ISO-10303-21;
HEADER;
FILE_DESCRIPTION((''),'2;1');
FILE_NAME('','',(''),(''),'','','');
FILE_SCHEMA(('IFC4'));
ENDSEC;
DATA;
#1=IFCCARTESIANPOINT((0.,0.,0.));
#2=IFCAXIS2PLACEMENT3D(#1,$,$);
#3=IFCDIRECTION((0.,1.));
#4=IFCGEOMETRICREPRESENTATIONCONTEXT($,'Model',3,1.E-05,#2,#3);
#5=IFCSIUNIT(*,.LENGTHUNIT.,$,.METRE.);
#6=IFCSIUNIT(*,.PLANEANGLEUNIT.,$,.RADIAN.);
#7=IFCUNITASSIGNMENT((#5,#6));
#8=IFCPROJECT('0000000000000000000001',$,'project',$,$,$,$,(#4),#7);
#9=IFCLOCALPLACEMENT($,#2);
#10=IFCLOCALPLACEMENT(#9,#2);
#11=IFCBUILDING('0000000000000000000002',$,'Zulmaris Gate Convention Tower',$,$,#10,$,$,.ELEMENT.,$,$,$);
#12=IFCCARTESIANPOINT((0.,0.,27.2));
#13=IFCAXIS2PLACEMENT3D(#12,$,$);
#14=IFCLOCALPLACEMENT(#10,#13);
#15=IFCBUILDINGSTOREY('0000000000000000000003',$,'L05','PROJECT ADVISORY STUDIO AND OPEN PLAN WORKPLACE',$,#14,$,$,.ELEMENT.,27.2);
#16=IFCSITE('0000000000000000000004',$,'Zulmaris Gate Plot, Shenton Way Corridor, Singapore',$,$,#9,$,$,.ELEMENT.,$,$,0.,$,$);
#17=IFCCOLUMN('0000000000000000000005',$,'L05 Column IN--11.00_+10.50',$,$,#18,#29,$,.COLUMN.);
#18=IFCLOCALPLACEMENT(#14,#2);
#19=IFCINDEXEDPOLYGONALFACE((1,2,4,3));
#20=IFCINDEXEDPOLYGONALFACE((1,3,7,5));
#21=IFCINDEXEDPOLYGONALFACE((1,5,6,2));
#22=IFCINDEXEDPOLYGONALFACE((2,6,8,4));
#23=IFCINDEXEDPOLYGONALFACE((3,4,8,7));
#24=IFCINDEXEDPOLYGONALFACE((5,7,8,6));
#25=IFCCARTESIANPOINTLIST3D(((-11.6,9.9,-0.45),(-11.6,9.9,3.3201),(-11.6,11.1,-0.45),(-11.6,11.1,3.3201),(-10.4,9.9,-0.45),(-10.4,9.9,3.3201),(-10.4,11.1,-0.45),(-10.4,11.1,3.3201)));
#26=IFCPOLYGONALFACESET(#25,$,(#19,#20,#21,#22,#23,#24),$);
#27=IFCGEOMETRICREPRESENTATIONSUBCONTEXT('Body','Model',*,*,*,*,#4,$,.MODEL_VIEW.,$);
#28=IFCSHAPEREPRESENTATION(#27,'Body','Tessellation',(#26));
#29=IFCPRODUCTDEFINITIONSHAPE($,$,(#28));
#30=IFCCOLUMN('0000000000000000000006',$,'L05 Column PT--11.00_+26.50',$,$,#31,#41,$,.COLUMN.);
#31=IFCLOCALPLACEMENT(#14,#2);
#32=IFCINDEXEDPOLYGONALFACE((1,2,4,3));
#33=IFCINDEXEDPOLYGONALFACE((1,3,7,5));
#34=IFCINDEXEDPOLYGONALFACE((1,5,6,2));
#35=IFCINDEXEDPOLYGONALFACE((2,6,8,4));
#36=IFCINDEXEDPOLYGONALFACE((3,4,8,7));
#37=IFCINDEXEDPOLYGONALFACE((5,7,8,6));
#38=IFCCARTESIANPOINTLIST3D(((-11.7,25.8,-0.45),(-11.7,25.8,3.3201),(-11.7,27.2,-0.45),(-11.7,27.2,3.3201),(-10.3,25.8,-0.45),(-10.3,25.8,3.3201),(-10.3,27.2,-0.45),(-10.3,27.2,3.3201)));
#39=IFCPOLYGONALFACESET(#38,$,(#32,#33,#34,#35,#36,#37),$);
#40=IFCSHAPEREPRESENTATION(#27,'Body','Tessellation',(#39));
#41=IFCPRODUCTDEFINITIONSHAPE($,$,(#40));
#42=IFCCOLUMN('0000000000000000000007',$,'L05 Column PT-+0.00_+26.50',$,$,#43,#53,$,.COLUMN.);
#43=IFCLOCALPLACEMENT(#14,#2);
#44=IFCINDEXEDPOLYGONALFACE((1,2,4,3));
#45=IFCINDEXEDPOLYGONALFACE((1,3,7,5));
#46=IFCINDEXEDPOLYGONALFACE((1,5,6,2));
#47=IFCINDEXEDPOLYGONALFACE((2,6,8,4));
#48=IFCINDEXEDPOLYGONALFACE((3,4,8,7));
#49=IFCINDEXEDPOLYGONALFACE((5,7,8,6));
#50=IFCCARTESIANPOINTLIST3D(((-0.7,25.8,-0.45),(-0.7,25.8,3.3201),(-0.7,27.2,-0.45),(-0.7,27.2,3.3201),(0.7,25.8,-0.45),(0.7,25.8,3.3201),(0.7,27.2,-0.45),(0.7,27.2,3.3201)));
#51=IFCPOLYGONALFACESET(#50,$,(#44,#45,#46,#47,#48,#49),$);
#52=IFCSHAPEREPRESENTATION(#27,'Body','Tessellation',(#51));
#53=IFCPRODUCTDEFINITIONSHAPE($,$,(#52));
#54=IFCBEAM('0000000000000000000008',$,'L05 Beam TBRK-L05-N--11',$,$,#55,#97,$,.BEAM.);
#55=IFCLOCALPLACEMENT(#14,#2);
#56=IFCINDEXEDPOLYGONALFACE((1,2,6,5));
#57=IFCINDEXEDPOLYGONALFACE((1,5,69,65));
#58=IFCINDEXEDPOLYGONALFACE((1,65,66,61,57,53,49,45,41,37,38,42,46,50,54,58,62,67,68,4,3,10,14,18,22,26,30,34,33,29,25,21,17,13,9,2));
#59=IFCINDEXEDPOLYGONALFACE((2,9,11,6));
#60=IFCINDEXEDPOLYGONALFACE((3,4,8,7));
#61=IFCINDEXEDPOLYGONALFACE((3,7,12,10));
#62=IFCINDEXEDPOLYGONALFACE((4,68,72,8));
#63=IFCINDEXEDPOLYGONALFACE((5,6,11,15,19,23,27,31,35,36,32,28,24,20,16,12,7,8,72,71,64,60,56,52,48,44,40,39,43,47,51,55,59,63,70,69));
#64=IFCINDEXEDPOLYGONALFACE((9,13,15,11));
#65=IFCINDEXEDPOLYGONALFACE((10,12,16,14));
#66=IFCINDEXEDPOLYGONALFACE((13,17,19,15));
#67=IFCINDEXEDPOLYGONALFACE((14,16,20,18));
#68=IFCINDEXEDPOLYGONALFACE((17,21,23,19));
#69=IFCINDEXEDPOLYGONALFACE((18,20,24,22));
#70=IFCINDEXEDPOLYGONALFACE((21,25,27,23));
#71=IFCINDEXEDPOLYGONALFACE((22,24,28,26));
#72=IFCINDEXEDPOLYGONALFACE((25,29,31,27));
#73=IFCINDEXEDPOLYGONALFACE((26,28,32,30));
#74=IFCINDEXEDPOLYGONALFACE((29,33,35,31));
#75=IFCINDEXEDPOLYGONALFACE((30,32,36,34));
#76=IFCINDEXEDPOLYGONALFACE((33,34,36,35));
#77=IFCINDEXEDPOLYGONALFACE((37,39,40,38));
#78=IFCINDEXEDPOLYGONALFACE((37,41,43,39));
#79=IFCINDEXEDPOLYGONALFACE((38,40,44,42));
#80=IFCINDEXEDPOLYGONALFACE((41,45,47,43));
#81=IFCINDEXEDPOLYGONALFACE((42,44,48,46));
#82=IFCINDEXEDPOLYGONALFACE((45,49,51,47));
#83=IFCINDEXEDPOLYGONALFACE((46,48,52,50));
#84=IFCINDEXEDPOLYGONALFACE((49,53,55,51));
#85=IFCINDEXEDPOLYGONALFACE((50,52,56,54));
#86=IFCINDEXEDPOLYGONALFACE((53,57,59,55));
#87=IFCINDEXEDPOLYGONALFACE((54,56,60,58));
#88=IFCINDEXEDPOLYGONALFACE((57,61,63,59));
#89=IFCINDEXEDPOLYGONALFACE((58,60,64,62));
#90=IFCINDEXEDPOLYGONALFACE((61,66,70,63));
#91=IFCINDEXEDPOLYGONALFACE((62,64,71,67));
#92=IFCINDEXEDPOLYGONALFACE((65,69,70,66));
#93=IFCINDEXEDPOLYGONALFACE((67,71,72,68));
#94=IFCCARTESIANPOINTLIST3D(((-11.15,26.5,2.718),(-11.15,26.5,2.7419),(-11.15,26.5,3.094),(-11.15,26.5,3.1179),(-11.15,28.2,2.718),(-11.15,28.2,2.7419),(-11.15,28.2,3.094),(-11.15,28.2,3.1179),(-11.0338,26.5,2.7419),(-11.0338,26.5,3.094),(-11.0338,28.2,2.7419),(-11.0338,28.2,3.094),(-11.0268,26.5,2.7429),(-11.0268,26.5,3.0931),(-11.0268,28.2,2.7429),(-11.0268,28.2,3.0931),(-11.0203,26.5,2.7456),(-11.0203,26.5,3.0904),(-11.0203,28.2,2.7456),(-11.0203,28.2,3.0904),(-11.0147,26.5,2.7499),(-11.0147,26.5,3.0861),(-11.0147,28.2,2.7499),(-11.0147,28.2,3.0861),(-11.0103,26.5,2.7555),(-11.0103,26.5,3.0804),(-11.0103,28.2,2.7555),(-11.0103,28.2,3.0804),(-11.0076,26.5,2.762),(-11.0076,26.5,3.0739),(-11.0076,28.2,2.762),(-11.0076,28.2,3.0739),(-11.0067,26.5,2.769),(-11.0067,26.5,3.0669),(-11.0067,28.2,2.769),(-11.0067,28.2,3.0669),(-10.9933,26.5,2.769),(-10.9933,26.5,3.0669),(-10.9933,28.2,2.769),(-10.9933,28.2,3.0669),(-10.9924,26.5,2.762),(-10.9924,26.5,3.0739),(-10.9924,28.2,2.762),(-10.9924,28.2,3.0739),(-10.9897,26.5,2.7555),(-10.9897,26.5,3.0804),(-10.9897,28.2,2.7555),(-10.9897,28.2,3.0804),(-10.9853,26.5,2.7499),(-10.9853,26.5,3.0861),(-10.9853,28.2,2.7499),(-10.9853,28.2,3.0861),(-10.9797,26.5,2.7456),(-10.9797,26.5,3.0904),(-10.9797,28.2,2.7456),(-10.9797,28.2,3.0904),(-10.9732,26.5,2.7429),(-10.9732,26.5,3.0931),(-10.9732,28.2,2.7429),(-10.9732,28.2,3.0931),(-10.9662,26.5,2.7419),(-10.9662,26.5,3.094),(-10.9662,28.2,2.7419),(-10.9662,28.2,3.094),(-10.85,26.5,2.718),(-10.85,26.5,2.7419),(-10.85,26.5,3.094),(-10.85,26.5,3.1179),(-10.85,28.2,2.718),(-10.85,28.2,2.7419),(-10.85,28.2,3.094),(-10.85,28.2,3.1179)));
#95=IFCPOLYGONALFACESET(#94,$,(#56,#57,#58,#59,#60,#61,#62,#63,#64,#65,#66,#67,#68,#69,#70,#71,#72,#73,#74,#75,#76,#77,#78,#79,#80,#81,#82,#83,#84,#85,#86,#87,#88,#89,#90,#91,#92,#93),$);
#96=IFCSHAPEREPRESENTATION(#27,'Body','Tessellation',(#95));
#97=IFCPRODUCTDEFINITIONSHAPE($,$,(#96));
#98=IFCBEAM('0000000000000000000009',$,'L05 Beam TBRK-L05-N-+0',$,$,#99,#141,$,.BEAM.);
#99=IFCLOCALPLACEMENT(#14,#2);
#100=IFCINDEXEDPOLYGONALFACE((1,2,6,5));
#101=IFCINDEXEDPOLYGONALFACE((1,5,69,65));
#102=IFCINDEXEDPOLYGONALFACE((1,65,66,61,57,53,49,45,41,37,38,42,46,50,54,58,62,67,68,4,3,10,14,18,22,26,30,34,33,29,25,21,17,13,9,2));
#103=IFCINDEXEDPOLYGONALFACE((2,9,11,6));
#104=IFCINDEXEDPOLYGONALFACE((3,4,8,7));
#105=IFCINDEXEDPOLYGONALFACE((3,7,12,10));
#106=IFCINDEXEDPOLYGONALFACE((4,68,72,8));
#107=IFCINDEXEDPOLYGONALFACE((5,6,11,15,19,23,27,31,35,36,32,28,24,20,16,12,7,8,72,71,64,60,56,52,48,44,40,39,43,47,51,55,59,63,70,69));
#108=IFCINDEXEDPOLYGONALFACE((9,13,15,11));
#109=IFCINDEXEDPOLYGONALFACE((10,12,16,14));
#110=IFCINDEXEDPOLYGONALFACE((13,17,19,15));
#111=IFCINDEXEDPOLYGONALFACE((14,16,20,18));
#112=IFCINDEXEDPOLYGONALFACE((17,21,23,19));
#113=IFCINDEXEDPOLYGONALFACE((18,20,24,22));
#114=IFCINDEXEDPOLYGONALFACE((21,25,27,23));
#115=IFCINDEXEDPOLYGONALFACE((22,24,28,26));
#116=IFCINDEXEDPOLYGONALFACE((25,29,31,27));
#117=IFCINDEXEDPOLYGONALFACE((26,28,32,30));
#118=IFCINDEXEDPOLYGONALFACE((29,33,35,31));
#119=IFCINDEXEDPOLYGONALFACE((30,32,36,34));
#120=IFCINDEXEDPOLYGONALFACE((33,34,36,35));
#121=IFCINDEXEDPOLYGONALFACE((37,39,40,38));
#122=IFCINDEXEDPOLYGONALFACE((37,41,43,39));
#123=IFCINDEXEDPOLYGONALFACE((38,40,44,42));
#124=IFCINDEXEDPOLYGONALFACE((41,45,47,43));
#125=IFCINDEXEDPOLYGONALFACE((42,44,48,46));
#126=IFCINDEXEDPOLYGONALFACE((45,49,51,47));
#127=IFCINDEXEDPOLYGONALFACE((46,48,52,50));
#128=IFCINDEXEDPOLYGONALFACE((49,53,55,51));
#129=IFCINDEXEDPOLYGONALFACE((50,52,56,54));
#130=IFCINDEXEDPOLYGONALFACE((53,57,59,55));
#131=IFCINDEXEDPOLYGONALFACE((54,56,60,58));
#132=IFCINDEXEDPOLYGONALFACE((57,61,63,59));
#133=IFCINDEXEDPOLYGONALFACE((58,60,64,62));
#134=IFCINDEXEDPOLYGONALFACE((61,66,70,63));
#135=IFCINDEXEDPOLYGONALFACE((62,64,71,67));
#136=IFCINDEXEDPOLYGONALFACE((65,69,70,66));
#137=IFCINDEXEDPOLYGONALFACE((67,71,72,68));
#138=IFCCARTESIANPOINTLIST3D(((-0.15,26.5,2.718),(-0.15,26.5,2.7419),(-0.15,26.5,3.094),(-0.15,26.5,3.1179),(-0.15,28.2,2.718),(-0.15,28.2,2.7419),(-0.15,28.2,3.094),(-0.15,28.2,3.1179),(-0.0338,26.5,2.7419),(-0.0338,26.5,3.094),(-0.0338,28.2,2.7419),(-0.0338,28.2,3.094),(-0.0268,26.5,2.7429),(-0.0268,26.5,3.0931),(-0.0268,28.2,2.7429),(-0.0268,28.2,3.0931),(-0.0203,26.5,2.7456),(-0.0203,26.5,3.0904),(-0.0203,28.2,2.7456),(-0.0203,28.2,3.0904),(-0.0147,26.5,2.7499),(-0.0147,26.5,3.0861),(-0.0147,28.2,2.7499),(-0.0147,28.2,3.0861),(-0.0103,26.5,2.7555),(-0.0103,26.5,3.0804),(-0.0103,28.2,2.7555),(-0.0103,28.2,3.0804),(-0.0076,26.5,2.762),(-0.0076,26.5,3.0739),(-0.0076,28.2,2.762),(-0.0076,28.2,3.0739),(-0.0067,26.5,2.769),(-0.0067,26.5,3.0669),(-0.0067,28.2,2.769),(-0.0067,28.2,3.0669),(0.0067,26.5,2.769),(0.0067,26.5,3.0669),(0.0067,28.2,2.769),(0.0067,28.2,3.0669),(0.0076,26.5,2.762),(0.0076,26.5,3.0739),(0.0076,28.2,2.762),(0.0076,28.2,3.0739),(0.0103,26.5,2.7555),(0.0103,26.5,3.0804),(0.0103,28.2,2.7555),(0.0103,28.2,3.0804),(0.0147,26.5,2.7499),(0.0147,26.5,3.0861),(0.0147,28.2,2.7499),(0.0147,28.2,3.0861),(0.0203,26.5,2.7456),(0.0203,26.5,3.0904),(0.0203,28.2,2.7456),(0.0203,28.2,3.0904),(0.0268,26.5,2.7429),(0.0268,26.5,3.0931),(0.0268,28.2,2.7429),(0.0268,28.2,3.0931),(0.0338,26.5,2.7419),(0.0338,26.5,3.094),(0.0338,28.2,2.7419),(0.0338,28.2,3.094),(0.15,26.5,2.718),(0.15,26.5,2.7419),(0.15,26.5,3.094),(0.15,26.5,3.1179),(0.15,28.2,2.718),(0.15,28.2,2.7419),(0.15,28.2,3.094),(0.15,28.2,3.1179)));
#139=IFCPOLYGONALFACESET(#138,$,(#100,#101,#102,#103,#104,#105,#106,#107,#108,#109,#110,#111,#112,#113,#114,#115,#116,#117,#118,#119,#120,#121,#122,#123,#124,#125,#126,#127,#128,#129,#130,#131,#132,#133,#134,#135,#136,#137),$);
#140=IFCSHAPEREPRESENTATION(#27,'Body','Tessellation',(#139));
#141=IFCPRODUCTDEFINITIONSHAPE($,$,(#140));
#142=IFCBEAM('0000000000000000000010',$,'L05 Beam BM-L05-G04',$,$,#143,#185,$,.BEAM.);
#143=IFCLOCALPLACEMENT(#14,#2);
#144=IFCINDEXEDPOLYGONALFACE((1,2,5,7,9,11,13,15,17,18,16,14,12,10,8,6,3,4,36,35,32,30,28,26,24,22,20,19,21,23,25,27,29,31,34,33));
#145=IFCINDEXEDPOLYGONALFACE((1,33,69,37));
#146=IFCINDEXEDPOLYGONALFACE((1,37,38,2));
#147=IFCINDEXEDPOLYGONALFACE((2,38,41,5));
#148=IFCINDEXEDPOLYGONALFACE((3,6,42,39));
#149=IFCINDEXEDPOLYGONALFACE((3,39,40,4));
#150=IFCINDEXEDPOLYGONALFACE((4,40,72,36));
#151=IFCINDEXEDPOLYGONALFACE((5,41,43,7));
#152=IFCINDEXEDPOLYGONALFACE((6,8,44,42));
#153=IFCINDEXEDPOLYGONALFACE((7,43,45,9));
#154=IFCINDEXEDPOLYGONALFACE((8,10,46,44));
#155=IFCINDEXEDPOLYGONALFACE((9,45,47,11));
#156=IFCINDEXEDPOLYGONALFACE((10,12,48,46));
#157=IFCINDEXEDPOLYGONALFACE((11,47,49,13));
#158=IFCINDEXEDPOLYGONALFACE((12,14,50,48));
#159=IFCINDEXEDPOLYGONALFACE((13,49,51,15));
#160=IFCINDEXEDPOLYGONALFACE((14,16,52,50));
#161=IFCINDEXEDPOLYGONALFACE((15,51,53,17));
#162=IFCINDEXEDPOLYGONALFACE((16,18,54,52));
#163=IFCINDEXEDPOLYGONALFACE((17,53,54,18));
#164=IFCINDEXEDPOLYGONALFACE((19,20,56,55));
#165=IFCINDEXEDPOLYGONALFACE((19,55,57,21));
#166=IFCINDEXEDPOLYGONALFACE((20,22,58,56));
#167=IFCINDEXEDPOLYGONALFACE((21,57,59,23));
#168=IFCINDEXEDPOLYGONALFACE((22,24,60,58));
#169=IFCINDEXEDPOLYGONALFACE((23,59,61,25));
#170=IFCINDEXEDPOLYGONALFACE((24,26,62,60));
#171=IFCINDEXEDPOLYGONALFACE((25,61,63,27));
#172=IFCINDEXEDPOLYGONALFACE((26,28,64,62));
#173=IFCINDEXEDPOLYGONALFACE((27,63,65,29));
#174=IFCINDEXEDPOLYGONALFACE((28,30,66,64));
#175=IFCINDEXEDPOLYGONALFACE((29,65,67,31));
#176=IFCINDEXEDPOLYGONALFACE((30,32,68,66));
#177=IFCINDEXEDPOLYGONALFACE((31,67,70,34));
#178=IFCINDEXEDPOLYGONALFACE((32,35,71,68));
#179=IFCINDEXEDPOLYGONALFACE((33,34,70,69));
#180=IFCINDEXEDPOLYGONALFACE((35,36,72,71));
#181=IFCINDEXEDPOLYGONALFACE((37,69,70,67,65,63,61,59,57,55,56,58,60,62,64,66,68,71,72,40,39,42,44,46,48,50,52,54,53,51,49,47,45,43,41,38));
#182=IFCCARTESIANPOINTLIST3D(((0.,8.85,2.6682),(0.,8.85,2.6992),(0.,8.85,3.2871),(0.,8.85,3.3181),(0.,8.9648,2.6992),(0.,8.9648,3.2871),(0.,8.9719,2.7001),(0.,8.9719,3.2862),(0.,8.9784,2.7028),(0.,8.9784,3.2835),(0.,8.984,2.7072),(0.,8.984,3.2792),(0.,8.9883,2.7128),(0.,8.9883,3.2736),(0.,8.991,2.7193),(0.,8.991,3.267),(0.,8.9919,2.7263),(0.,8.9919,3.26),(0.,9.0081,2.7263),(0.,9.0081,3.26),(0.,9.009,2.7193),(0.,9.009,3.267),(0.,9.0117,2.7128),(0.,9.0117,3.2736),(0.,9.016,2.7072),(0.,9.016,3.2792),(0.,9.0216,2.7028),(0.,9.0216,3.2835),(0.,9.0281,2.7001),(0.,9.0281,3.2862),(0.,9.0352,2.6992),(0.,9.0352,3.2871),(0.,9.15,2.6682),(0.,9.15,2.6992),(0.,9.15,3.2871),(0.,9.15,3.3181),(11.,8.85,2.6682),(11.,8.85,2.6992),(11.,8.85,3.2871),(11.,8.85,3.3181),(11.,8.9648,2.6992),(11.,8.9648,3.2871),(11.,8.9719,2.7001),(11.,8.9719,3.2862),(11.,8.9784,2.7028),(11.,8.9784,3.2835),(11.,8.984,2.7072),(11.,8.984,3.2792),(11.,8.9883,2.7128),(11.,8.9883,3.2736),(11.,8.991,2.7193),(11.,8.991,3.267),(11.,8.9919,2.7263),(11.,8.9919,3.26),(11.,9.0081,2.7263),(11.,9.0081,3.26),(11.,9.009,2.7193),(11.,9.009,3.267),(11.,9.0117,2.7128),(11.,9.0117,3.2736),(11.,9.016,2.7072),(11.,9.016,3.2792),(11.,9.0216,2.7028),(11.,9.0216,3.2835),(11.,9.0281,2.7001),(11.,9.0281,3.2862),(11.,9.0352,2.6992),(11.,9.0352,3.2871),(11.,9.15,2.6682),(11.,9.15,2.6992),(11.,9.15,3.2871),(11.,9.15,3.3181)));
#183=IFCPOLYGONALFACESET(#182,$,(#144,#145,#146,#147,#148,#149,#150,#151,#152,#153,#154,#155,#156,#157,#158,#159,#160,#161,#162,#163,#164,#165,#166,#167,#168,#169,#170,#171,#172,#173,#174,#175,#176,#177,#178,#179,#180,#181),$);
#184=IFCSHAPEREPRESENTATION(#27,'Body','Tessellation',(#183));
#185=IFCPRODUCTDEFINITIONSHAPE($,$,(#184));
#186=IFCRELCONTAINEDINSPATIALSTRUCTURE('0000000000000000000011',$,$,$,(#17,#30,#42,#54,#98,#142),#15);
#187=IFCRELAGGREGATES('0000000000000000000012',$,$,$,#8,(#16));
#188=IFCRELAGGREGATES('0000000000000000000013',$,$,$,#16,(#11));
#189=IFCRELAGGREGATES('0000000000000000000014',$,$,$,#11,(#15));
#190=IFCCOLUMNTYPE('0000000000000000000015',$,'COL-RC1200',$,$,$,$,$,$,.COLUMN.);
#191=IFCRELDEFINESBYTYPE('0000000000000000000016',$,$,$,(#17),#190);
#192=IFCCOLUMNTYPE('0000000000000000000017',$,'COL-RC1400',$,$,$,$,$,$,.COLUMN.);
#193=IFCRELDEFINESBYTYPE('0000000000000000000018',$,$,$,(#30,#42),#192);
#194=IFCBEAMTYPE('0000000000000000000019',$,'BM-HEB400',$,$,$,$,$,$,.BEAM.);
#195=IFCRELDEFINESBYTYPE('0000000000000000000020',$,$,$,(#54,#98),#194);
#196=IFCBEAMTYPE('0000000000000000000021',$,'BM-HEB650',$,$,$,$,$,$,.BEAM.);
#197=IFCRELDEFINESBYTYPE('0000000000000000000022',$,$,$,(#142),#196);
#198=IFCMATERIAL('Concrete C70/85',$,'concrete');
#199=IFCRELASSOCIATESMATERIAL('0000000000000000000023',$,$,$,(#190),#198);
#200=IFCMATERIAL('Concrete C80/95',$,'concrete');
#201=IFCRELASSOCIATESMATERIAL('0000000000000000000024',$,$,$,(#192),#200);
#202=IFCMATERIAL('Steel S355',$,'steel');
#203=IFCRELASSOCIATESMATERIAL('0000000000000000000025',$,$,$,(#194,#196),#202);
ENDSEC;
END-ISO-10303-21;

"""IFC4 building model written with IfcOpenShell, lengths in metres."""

from ifc_helpers import new_model, si_unit, direction, frame, origin, origin_2d, place, context, subcontext, project, spatial, rectangle, i_section, extrude, material, material_profile, profile_set, type_object, element, save


model = new_model("IFC4")

# Units and contexts
model_context = context("Model", 3, precision=1e-05, world=origin(), true_north=direction((0.0, 1.0)))
body_context = subcontext(model_context, "Body", "Model", "MODEL_VIEW")
ifc_project = project(units=[si_unit("LENGTHUNIT", "METRE"), si_unit("PLANEANGLEUNIT", "RADIAN")], contexts=[model_context])

# Site, building, storey
site_placement = place(None, origin())
site = spatial("IfcSite", under=ifc_project, at=site_placement, Name="Zulmaris Gate Plot, Shenton Way Corridor, Singapore", CompositionType="ELEMENT", RefElevation=0.0)
building_placement = place(site_placement, origin())
building = spatial("IfcBuilding", under=site, at=building_placement, Name="Zulmaris Gate Convention Tower", CompositionType="ELEMENT")
storey_placement = place(building_placement, frame((0.0, 0.0, 27.2)))
storey = spatial("IfcBuildingStorey", under=building, at=storey_placement, Name="L05", Description="PROJECT ADVISORY STUDIO AND OPEN PLAN WORKPLACE", CompositionType="ELEMENT", Elevation=27.2)

# Columns
ifc_material_1 = material(Name="Concrete C70/85", Category="concrete")
ifc_material_profile_1 = material_profile(ifc_material_1, rectangle(XDim=1.2, YDim=1.2, at=origin_2d()), Name="RC COL 1200x1200")
ifc_profile_set_1 = profile_set([ifc_material_profile_1], Name="Concrete C70/85")
column_type_1 = type_object("IfcColumnType", Name="COL-RC1200", PredefinedType="COLUMN", material=ifc_profile_set_1)
column_placement = place(storey_placement, frame((-11.0, 10.5, -0.45), z_axis=(0.0, 0.0, 1.0), x_axis=(1.0, 0.0, 0.0)))
element("IfcColumn", 1, at=column_placement, inside=storey, type_object=column_type_1, Name="L05 Column IN--11.00_+10.50", PredefinedType="COLUMN", context=body_context, shape_type="SweptSolid", body=[
    extrude(rectangle(XDim=1.2, YDim=1.2, at=origin_2d()), origin(), (0.0, 0.0, 1.0), 3.77),
])
ifc_material_2 = material(Name="Concrete C80/95", Category="concrete")
ifc_material_profile_2 = material_profile(ifc_material_2, rectangle(XDim=1.3999, YDim=1.3999, at=origin_2d()), Name="RC COL 1400x1400")
ifc_profile_set_2 = profile_set([ifc_material_profile_2], Name="Concrete C80/95")
column_type_2 = type_object("IfcColumnType", Name="COL-RC1400", PredefinedType="COLUMN", material=ifc_profile_set_2)
for number, where, z_axis, x_axis, name in (
    (2, (-11.0, 26.5, -0.45), (0.0, 0.0, 1.0), (1.0, 0.0, 0.0), "L05 Column PT--11.00_+26.50"),
    (3, (0.0, 26.5, -0.45), (0.0, 0.0, 1.0), (1.0, 0.0, 0.0), "L05 Column PT-+0.00_+26.50"),
):
    element("IfcColumn", number, at=place(storey_placement, frame(where, z_axis=z_axis, x_axis=x_axis)), inside=storey, type_object=column_type_2, Name=name, PredefinedType="COLUMN", context=body_context, shape_type="SweptSolid", body=[
        extrude(rectangle(XDim=1.3999, YDim=1.3999, at=origin_2d()), origin(), (0.0, 0.0, 1.0), 3.77),
    ])

# Beams
ifc_material_3 = material(Name="Steel S355", Category="steel")
ifc_material_profile_3 = material_profile(ifc_material_3, i_section(OverallWidth=0.3, OverallDepth=0.3999, WebThickness=0.0134, FlangeThickness=0.0239, FilletRadius=0.0271, at=origin_2d()), Name="HEB 400")
ifc_profile_set_3 = profile_set([ifc_material_profile_3], Name="Steel S355")
beam_type_1 = type_object("IfcBeamType", Name="BM-HEB400", PredefinedType="BEAM", material=ifc_profile_set_3)
for number, where, z_axis, x_axis, name in (
    (4, (-11.0, 26.5, 2.918), (0.0, 1.0, 0.0), (-1.0, 0.0, 0.0), "L05 Beam TBRK-L05-N--11"),
    (5, (0.0, 26.5, 2.918), (0.0, 1.0, 0.0), (-1.0, 0.0, 0.0), "L05 Beam TBRK-L05-N-+0"),
):
    element("IfcBeam", number, at=place(storey_placement, frame(where, z_axis=z_axis, x_axis=x_axis)), inside=storey, type_object=beam_type_1, Name=name, PredefinedType="BEAM", context=body_context, shape_type="SweptSolid", body=[
        extrude(i_section(OverallWidth=0.3, OverallDepth=0.3999, WebThickness=0.0134, FlangeThickness=0.0239, FilletRadius=0.0271, at=origin_2d()), origin(), (0.0, 0.0, 1.0), 1.7),
    ])
ifc_material_profile_4 = material_profile(ifc_material_3, i_section(OverallWidth=0.3, OverallDepth=0.6499, WebThickness=0.0161, FlangeThickness=0.031, FilletRadius=0.0271, at=origin_2d()), Name="HEB 650")
ifc_profile_set_4 = profile_set([ifc_material_profile_4], Name="Steel S355")
beam_type_2 = type_object("IfcBeamType", Name="BM-HEB650", PredefinedType="BEAM", material=ifc_profile_set_4)
beam_1_placement = place(storey_placement, frame((0.0, 9.0, 2.9932), z_axis=(1.0, 0.0, 0.0), x_axis=(0.0, 1.0, 0.0)))
element("IfcBeam", 6, at=beam_1_placement, inside=storey, type_object=beam_type_2, Name="L05 Beam BM-L05-G04", PredefinedType="BEAM", context=body_context, shape_type="SweptSolid", body=[
    extrude(i_section(OverallWidth=0.3, OverallDepth=0.6499, WebThickness=0.0161, FlangeThickness=0.031, FilletRadius=0.0271, at=origin_2d()), origin(), (0.0, 0.0, 1.0), 11.0),
])

save(model, "model.ifc")
